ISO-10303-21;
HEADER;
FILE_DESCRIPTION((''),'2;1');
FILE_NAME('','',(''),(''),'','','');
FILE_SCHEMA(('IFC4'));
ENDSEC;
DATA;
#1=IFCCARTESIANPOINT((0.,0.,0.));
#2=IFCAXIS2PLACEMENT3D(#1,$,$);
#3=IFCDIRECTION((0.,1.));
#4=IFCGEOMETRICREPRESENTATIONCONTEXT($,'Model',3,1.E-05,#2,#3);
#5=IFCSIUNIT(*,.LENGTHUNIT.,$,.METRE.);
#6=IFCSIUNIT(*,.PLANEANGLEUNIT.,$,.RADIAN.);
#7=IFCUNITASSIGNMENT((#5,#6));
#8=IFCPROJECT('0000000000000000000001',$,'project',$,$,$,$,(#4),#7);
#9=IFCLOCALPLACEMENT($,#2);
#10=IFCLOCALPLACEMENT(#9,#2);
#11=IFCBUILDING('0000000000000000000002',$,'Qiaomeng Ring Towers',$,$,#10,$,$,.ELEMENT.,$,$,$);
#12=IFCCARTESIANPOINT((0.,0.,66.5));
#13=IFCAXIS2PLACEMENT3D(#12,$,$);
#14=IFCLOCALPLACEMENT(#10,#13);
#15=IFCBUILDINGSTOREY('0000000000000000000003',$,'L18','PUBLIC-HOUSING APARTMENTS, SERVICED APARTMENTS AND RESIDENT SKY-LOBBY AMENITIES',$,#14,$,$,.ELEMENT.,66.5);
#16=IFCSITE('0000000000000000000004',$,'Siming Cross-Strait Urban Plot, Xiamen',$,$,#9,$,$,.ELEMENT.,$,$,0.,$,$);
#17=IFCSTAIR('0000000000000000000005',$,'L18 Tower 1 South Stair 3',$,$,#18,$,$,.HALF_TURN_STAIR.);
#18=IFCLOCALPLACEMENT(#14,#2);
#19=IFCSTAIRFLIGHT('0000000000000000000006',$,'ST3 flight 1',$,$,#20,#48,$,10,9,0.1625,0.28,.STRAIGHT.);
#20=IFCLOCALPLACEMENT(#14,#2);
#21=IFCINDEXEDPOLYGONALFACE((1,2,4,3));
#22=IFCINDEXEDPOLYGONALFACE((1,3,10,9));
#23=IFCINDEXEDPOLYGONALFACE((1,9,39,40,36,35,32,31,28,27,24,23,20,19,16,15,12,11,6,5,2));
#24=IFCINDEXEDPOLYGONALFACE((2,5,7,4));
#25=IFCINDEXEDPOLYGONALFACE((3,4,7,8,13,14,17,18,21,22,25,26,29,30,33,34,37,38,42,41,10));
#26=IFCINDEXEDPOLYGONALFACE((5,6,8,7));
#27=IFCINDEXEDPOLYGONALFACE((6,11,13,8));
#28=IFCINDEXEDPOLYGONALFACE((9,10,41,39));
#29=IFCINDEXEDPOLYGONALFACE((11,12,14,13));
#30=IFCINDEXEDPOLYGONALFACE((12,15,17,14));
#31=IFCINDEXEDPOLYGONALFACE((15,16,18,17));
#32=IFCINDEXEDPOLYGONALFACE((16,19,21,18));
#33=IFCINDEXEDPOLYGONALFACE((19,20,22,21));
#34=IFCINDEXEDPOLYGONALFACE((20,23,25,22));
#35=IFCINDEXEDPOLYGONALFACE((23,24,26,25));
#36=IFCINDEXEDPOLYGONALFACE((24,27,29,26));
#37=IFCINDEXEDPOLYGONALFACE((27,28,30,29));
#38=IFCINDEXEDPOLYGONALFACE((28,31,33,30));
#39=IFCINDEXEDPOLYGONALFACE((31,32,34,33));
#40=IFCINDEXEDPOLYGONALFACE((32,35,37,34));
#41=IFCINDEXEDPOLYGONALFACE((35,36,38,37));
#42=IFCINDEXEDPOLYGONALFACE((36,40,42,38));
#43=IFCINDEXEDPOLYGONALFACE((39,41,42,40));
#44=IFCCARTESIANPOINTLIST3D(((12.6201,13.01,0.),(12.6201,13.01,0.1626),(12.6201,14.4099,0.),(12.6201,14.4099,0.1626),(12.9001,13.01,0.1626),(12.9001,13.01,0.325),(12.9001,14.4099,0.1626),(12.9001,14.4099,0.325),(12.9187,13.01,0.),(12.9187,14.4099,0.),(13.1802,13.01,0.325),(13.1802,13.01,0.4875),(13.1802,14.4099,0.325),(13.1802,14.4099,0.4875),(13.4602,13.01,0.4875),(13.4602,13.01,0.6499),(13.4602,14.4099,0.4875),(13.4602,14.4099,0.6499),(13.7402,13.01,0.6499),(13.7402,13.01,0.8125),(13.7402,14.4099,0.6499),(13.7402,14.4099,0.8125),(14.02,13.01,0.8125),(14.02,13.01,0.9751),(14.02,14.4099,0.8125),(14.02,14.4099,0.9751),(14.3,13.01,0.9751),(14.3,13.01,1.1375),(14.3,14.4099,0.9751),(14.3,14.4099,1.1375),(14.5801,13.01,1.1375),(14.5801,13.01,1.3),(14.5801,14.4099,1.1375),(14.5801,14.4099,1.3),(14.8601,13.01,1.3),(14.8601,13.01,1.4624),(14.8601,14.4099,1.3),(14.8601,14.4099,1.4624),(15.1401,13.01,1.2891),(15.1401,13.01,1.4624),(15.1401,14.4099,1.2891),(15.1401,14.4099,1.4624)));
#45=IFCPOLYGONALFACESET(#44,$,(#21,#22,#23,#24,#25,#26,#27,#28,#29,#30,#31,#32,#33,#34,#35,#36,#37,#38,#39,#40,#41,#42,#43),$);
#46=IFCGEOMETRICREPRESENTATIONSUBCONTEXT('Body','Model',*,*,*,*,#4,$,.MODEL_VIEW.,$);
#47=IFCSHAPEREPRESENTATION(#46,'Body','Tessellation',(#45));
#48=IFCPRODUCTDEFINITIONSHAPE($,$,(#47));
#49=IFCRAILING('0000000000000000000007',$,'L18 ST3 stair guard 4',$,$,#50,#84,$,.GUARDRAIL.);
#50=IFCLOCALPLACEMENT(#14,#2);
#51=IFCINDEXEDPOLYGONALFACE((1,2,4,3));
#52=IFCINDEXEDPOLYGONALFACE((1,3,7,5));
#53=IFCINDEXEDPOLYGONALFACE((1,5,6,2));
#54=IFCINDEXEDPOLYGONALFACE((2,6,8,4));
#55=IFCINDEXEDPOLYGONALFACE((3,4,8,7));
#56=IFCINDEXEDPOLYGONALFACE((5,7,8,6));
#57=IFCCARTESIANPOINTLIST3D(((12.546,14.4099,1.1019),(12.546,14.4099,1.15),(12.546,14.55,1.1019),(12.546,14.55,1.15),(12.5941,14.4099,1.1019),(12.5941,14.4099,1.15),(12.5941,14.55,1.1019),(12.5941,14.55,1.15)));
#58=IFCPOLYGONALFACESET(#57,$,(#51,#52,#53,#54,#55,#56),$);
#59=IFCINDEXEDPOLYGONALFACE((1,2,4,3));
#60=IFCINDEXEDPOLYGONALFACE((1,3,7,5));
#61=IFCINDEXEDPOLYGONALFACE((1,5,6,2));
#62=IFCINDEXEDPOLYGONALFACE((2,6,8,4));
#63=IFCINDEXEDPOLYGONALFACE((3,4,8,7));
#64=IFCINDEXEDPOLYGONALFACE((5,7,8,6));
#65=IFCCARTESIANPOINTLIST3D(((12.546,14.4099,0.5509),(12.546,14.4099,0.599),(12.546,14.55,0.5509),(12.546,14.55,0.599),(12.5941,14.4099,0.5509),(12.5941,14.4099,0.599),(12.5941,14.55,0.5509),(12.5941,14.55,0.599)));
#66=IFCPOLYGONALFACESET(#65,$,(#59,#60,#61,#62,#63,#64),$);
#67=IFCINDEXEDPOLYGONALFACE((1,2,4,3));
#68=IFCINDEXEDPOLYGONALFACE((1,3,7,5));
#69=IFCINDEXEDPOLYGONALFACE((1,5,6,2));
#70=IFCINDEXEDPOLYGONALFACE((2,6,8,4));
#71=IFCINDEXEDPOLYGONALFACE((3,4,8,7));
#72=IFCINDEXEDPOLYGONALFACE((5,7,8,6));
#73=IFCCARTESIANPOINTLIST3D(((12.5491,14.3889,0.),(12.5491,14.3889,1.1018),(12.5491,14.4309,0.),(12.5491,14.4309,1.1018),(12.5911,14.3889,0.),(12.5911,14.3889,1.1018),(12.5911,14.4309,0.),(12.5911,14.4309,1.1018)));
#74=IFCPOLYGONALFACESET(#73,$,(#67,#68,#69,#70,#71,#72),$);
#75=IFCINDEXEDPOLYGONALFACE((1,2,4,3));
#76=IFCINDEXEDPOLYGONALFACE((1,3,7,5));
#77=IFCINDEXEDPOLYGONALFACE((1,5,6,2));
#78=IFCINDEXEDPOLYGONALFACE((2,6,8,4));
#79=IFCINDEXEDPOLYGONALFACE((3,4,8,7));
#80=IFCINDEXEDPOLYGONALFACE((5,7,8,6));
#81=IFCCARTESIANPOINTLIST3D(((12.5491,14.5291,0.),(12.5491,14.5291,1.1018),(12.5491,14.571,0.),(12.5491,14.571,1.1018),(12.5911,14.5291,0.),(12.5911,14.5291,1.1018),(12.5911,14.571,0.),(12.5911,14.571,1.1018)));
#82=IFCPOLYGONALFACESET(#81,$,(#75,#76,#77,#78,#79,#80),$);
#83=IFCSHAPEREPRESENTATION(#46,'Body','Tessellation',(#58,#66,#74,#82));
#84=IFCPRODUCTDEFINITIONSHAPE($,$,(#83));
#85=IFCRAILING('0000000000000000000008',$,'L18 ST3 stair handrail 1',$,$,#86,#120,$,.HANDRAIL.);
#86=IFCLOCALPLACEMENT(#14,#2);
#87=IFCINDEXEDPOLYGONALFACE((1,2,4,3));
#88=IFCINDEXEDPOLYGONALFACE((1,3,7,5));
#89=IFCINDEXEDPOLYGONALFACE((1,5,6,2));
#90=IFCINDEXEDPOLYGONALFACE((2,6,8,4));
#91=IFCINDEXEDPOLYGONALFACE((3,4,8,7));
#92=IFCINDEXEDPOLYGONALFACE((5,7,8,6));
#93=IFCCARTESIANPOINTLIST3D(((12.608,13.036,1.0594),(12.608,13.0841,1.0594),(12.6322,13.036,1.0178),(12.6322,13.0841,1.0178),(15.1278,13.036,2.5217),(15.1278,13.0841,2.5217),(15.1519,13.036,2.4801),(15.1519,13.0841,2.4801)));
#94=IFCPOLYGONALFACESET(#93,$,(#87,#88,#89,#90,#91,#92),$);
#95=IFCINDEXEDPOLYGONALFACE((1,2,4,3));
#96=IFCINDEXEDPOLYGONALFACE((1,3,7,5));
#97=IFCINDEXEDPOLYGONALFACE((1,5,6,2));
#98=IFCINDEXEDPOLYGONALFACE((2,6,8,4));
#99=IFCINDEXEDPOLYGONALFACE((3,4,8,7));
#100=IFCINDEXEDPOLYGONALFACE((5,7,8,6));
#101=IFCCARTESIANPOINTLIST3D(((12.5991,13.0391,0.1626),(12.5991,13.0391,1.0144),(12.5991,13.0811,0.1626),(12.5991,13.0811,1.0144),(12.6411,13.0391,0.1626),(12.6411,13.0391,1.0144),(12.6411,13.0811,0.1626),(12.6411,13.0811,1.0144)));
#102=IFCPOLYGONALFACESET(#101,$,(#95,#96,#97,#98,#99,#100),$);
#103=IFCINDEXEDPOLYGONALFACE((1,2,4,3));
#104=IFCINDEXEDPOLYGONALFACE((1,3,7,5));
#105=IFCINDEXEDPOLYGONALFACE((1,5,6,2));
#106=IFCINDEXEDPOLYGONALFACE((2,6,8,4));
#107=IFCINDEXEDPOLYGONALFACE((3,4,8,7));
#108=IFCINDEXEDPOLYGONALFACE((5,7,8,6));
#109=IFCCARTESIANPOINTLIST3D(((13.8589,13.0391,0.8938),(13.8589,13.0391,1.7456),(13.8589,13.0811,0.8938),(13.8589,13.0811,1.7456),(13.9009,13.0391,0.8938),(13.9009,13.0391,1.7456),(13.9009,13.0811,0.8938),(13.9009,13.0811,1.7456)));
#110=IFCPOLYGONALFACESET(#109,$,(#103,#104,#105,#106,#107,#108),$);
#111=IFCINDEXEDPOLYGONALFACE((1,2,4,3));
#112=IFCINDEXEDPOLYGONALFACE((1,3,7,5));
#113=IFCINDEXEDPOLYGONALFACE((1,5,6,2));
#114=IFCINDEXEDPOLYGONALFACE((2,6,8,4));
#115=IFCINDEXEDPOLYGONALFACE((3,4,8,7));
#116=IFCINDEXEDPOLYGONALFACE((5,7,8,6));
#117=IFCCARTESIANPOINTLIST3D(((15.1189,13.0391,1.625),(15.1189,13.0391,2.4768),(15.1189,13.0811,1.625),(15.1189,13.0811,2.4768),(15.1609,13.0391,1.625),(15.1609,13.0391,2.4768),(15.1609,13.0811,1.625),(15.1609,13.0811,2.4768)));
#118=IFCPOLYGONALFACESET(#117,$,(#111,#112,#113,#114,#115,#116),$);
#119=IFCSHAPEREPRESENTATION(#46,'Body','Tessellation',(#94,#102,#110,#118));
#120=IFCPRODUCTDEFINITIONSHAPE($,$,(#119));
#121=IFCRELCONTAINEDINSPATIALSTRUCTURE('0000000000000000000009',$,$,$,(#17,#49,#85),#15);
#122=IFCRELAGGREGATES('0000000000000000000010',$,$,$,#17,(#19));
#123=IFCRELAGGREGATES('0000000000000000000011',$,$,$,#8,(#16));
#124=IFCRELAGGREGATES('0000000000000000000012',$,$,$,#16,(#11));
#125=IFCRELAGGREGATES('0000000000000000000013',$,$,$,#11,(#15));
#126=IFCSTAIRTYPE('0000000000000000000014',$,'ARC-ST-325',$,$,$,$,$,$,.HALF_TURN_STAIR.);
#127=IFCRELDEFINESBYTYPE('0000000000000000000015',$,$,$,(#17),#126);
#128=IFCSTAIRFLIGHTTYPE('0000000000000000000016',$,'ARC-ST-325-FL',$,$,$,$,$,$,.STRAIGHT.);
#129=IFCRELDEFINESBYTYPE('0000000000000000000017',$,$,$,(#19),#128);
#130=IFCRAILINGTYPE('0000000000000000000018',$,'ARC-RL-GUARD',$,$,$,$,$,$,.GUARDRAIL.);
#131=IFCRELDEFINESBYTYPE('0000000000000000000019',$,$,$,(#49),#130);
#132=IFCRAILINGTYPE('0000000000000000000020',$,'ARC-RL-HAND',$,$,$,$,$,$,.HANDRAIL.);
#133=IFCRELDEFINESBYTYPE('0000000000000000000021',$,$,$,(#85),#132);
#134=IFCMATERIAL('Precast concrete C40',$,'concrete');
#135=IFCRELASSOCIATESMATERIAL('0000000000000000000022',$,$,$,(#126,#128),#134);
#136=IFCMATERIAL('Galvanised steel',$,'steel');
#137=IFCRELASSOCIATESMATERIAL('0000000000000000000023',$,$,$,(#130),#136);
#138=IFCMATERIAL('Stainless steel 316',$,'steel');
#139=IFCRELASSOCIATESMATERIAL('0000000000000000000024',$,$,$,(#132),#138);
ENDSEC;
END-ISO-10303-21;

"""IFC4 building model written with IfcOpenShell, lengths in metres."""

from ifc_helpers import new_model, si_unit, direction, frame, origin, origin_2d, place, context, subcontext, project, spatial, polyline, rectangle, outline, extrude, source, transform, mapped, material, type_object, element, aggregate, save


model = new_model("IFC4")

# Units and contexts
model_context = context("Model", 3, precision=1e-05, world=origin(), true_north=direction((0.0, 1.0)))
body_context = subcontext(model_context, "Body", "Model", "MODEL_VIEW")
ifc_project = project(units=[si_unit("LENGTHUNIT", "METRE"), si_unit("PLANEANGLEUNIT", "RADIAN")], contexts=[model_context])

# Site, building, storey
site_placement = place(None, origin())
site = spatial("IfcSite", under=ifc_project, at=site_placement, Name="Siming Cross-Strait Urban Plot, Xiamen", CompositionType="ELEMENT", RefElevation=0.0)
building_placement = place(site_placement, origin())
building = spatial("IfcBuilding", under=site, at=building_placement, Name="Qiaomeng Ring Towers", CompositionType="ELEMENT")
storey_placement = place(building_placement, frame((0.0, 0.0, 66.5)))
storey = spatial("IfcBuildingStorey", under=building, at=storey_placement, Name="L18", Description="PUBLIC-HOUSING APARTMENTS, SERVICED APARTMENTS AND RESIDENT SKY-LOBBY AMENITIES", CompositionType="ELEMENT", Elevation=66.5)

# Shared definitions
ifc_material_1 = material(Name="Galvanised steel", Category="steel")

# Shared definitions
ifc_material_2 = material(Name="Stainless steel 316", Category="steel")

# Stair, stair flight
ifc_material_3 = material(Name="Precast concrete C40", Category="concrete")
stair_type = type_object("IfcStairType", Name="ARC-ST-325", PredefinedType="HALF_TURN_STAIR", material=ifc_material_3)
stair_placement = place(storey_placement, origin())
stair = element("IfcStair", 1, at=stair_placement, inside=storey, type_object=stair_type, Name="L18 Tower 1 South Stair 3", PredefinedType="HALF_TURN_STAIR")
stair_flight_type = type_object("IfcStairFlightType", Name="ARC-ST-325-FL", PredefinedType="STRAIGHT", material=ifc_material_3)
shared_shape_1 = source(origin(), body_context, "Body", "SweptSolid", [
    extrude(outline(polyline([(0.0, 0.0), (0.0, 0.1626), (0.28, 0.1626), (0.28, 0.325), (0.5601, 0.325), (0.5601, 0.4875), (0.8401, 0.4875), (0.8401, 0.6499), (1.1201, 0.6499), (1.1201, 0.8125), (1.3999, 0.8125), (1.3999, 0.9751), (1.6799, 0.9751), (1.6799, 1.1375), (1.96, 1.1375), (1.96, 1.3), (2.24, 1.3), (2.24, 1.4624), (2.52, 1.4624), (2.52, 1.625), (2.52, 1.2891), (0.2986, 0.0), (0.0, 0.0)])), frame((0.0, 0.7, 0.0), z_axis=(0.0, -1.0, 0.0), x_axis=(1.0, 0.0, 0.0)), (0.0, 0.0, 1.0), 1.3999),
])
stair_flight_placement = place(storey_placement, frame((12.6201, 13.71, 0.0), z_axis=(0.0, 0.0, 1.0), x_axis=(1.0, 0.0, 0.0)))
stair_flight = element("IfcStairFlight", 2, at=stair_flight_placement, type_object=stair_flight_type, Name="ST3 flight 1", NumberOfRisers=10, NumberOfTreads=9, PredefinedType="STRAIGHT", RiserHeight=0.1625, TreadLength=0.28, context=body_context, shape_type="MappedRepresentation", body=[
    mapped(shared_shape_1, transform((0.0, 0.0, 0.0), x_axis=(1.0, 0.0, 0.0), y_axis=(0.0, 1.0, 0.0), z_axis=(0.0, 0.0, 1.0), scale=1.0)),
])
aggregate(stair, [stair_flight])

# Railings
railing_type_1 = type_object("IfcRailingType", Name="ARC-RL-GUARD", PredefinedType="GUARDRAIL", material=ifc_material_1)
railing_1_placement = place(storey_placement, frame((12.5701, 14.4099, 0.0)))
element("IfcRailing", 3, at=railing_1_placement, inside=storey, type_object=railing_type_1, Name="L18 ST3 stair guard 4", PredefinedType="GUARDRAIL", context=body_context, shape_type="SweptSolid", body=[
    extrude(rectangle(XDim=0.0481, YDim=0.0481, at=origin_2d()), frame((0.0, 0.0, 1.126), z_axis=(0.0, 1.0, 0.0), x_axis=(-1.0, 0.0, 0.0)), (0.0, 0.0, 1.0), 0.1401),
    extrude(rectangle(XDim=0.0481, YDim=0.0481, at=origin_2d()), frame((0.0, 0.0, 0.575), z_axis=(0.0, 1.0, 0.0), x_axis=(-1.0, 0.0, 0.0)), (0.0, 0.0, 1.0), 0.1401),
    extrude(rectangle(XDim=0.042, YDim=0.042, at=origin_2d()), origin(), (0.0, 0.0, 1.0), 1.1018),
    extrude(rectangle(XDim=0.042, YDim=0.042, at=origin_2d()), frame((0.0, 0.1401, 0.0)), (0.0, 0.0, 1.0), 1.1018),
])
railing_type_2 = type_object("IfcRailingType", Name="ARC-RL-HAND", PredefinedType="HANDRAIL", material=ifc_material_2)
railing_2_placement = place(storey_placement, frame((12.6201, 13.0601, 0.1626)))
element("IfcRailing", 4, at=railing_2_placement, inside=storey, type_object=railing_type_2, Name="L18 ST3 stair handrail 1", PredefinedType="HANDRAIL", context=body_context, shape_type="SweptSolid", body=[
    extrude(rectangle(XDim=0.0481, YDim=0.0481, at=origin_2d()), frame((0.0, 0.0, 0.876), z_axis=(0.864892, 0.0, 0.501958), x_axis=(0.0, 1.0, 0.0)), (0.0, 0.0, 1.0), 2.9133),
    extrude(rectangle(XDim=0.042, YDim=0.042, at=origin_2d()), origin(), (0.0, 0.0, 1.0), 0.8518),
    extrude(rectangle(XDim=0.042, YDim=0.042, at=origin_2d()), frame((1.2598, 0.0, 0.7312)), (0.0, 0.0, 1.0), 0.8518),
    extrude(rectangle(XDim=0.042, YDim=0.042, at=origin_2d()), frame((2.5198, 0.0, 1.4624)), (0.0, 0.0, 1.0), 0.8518),
])

save(model, "model.ifc")
